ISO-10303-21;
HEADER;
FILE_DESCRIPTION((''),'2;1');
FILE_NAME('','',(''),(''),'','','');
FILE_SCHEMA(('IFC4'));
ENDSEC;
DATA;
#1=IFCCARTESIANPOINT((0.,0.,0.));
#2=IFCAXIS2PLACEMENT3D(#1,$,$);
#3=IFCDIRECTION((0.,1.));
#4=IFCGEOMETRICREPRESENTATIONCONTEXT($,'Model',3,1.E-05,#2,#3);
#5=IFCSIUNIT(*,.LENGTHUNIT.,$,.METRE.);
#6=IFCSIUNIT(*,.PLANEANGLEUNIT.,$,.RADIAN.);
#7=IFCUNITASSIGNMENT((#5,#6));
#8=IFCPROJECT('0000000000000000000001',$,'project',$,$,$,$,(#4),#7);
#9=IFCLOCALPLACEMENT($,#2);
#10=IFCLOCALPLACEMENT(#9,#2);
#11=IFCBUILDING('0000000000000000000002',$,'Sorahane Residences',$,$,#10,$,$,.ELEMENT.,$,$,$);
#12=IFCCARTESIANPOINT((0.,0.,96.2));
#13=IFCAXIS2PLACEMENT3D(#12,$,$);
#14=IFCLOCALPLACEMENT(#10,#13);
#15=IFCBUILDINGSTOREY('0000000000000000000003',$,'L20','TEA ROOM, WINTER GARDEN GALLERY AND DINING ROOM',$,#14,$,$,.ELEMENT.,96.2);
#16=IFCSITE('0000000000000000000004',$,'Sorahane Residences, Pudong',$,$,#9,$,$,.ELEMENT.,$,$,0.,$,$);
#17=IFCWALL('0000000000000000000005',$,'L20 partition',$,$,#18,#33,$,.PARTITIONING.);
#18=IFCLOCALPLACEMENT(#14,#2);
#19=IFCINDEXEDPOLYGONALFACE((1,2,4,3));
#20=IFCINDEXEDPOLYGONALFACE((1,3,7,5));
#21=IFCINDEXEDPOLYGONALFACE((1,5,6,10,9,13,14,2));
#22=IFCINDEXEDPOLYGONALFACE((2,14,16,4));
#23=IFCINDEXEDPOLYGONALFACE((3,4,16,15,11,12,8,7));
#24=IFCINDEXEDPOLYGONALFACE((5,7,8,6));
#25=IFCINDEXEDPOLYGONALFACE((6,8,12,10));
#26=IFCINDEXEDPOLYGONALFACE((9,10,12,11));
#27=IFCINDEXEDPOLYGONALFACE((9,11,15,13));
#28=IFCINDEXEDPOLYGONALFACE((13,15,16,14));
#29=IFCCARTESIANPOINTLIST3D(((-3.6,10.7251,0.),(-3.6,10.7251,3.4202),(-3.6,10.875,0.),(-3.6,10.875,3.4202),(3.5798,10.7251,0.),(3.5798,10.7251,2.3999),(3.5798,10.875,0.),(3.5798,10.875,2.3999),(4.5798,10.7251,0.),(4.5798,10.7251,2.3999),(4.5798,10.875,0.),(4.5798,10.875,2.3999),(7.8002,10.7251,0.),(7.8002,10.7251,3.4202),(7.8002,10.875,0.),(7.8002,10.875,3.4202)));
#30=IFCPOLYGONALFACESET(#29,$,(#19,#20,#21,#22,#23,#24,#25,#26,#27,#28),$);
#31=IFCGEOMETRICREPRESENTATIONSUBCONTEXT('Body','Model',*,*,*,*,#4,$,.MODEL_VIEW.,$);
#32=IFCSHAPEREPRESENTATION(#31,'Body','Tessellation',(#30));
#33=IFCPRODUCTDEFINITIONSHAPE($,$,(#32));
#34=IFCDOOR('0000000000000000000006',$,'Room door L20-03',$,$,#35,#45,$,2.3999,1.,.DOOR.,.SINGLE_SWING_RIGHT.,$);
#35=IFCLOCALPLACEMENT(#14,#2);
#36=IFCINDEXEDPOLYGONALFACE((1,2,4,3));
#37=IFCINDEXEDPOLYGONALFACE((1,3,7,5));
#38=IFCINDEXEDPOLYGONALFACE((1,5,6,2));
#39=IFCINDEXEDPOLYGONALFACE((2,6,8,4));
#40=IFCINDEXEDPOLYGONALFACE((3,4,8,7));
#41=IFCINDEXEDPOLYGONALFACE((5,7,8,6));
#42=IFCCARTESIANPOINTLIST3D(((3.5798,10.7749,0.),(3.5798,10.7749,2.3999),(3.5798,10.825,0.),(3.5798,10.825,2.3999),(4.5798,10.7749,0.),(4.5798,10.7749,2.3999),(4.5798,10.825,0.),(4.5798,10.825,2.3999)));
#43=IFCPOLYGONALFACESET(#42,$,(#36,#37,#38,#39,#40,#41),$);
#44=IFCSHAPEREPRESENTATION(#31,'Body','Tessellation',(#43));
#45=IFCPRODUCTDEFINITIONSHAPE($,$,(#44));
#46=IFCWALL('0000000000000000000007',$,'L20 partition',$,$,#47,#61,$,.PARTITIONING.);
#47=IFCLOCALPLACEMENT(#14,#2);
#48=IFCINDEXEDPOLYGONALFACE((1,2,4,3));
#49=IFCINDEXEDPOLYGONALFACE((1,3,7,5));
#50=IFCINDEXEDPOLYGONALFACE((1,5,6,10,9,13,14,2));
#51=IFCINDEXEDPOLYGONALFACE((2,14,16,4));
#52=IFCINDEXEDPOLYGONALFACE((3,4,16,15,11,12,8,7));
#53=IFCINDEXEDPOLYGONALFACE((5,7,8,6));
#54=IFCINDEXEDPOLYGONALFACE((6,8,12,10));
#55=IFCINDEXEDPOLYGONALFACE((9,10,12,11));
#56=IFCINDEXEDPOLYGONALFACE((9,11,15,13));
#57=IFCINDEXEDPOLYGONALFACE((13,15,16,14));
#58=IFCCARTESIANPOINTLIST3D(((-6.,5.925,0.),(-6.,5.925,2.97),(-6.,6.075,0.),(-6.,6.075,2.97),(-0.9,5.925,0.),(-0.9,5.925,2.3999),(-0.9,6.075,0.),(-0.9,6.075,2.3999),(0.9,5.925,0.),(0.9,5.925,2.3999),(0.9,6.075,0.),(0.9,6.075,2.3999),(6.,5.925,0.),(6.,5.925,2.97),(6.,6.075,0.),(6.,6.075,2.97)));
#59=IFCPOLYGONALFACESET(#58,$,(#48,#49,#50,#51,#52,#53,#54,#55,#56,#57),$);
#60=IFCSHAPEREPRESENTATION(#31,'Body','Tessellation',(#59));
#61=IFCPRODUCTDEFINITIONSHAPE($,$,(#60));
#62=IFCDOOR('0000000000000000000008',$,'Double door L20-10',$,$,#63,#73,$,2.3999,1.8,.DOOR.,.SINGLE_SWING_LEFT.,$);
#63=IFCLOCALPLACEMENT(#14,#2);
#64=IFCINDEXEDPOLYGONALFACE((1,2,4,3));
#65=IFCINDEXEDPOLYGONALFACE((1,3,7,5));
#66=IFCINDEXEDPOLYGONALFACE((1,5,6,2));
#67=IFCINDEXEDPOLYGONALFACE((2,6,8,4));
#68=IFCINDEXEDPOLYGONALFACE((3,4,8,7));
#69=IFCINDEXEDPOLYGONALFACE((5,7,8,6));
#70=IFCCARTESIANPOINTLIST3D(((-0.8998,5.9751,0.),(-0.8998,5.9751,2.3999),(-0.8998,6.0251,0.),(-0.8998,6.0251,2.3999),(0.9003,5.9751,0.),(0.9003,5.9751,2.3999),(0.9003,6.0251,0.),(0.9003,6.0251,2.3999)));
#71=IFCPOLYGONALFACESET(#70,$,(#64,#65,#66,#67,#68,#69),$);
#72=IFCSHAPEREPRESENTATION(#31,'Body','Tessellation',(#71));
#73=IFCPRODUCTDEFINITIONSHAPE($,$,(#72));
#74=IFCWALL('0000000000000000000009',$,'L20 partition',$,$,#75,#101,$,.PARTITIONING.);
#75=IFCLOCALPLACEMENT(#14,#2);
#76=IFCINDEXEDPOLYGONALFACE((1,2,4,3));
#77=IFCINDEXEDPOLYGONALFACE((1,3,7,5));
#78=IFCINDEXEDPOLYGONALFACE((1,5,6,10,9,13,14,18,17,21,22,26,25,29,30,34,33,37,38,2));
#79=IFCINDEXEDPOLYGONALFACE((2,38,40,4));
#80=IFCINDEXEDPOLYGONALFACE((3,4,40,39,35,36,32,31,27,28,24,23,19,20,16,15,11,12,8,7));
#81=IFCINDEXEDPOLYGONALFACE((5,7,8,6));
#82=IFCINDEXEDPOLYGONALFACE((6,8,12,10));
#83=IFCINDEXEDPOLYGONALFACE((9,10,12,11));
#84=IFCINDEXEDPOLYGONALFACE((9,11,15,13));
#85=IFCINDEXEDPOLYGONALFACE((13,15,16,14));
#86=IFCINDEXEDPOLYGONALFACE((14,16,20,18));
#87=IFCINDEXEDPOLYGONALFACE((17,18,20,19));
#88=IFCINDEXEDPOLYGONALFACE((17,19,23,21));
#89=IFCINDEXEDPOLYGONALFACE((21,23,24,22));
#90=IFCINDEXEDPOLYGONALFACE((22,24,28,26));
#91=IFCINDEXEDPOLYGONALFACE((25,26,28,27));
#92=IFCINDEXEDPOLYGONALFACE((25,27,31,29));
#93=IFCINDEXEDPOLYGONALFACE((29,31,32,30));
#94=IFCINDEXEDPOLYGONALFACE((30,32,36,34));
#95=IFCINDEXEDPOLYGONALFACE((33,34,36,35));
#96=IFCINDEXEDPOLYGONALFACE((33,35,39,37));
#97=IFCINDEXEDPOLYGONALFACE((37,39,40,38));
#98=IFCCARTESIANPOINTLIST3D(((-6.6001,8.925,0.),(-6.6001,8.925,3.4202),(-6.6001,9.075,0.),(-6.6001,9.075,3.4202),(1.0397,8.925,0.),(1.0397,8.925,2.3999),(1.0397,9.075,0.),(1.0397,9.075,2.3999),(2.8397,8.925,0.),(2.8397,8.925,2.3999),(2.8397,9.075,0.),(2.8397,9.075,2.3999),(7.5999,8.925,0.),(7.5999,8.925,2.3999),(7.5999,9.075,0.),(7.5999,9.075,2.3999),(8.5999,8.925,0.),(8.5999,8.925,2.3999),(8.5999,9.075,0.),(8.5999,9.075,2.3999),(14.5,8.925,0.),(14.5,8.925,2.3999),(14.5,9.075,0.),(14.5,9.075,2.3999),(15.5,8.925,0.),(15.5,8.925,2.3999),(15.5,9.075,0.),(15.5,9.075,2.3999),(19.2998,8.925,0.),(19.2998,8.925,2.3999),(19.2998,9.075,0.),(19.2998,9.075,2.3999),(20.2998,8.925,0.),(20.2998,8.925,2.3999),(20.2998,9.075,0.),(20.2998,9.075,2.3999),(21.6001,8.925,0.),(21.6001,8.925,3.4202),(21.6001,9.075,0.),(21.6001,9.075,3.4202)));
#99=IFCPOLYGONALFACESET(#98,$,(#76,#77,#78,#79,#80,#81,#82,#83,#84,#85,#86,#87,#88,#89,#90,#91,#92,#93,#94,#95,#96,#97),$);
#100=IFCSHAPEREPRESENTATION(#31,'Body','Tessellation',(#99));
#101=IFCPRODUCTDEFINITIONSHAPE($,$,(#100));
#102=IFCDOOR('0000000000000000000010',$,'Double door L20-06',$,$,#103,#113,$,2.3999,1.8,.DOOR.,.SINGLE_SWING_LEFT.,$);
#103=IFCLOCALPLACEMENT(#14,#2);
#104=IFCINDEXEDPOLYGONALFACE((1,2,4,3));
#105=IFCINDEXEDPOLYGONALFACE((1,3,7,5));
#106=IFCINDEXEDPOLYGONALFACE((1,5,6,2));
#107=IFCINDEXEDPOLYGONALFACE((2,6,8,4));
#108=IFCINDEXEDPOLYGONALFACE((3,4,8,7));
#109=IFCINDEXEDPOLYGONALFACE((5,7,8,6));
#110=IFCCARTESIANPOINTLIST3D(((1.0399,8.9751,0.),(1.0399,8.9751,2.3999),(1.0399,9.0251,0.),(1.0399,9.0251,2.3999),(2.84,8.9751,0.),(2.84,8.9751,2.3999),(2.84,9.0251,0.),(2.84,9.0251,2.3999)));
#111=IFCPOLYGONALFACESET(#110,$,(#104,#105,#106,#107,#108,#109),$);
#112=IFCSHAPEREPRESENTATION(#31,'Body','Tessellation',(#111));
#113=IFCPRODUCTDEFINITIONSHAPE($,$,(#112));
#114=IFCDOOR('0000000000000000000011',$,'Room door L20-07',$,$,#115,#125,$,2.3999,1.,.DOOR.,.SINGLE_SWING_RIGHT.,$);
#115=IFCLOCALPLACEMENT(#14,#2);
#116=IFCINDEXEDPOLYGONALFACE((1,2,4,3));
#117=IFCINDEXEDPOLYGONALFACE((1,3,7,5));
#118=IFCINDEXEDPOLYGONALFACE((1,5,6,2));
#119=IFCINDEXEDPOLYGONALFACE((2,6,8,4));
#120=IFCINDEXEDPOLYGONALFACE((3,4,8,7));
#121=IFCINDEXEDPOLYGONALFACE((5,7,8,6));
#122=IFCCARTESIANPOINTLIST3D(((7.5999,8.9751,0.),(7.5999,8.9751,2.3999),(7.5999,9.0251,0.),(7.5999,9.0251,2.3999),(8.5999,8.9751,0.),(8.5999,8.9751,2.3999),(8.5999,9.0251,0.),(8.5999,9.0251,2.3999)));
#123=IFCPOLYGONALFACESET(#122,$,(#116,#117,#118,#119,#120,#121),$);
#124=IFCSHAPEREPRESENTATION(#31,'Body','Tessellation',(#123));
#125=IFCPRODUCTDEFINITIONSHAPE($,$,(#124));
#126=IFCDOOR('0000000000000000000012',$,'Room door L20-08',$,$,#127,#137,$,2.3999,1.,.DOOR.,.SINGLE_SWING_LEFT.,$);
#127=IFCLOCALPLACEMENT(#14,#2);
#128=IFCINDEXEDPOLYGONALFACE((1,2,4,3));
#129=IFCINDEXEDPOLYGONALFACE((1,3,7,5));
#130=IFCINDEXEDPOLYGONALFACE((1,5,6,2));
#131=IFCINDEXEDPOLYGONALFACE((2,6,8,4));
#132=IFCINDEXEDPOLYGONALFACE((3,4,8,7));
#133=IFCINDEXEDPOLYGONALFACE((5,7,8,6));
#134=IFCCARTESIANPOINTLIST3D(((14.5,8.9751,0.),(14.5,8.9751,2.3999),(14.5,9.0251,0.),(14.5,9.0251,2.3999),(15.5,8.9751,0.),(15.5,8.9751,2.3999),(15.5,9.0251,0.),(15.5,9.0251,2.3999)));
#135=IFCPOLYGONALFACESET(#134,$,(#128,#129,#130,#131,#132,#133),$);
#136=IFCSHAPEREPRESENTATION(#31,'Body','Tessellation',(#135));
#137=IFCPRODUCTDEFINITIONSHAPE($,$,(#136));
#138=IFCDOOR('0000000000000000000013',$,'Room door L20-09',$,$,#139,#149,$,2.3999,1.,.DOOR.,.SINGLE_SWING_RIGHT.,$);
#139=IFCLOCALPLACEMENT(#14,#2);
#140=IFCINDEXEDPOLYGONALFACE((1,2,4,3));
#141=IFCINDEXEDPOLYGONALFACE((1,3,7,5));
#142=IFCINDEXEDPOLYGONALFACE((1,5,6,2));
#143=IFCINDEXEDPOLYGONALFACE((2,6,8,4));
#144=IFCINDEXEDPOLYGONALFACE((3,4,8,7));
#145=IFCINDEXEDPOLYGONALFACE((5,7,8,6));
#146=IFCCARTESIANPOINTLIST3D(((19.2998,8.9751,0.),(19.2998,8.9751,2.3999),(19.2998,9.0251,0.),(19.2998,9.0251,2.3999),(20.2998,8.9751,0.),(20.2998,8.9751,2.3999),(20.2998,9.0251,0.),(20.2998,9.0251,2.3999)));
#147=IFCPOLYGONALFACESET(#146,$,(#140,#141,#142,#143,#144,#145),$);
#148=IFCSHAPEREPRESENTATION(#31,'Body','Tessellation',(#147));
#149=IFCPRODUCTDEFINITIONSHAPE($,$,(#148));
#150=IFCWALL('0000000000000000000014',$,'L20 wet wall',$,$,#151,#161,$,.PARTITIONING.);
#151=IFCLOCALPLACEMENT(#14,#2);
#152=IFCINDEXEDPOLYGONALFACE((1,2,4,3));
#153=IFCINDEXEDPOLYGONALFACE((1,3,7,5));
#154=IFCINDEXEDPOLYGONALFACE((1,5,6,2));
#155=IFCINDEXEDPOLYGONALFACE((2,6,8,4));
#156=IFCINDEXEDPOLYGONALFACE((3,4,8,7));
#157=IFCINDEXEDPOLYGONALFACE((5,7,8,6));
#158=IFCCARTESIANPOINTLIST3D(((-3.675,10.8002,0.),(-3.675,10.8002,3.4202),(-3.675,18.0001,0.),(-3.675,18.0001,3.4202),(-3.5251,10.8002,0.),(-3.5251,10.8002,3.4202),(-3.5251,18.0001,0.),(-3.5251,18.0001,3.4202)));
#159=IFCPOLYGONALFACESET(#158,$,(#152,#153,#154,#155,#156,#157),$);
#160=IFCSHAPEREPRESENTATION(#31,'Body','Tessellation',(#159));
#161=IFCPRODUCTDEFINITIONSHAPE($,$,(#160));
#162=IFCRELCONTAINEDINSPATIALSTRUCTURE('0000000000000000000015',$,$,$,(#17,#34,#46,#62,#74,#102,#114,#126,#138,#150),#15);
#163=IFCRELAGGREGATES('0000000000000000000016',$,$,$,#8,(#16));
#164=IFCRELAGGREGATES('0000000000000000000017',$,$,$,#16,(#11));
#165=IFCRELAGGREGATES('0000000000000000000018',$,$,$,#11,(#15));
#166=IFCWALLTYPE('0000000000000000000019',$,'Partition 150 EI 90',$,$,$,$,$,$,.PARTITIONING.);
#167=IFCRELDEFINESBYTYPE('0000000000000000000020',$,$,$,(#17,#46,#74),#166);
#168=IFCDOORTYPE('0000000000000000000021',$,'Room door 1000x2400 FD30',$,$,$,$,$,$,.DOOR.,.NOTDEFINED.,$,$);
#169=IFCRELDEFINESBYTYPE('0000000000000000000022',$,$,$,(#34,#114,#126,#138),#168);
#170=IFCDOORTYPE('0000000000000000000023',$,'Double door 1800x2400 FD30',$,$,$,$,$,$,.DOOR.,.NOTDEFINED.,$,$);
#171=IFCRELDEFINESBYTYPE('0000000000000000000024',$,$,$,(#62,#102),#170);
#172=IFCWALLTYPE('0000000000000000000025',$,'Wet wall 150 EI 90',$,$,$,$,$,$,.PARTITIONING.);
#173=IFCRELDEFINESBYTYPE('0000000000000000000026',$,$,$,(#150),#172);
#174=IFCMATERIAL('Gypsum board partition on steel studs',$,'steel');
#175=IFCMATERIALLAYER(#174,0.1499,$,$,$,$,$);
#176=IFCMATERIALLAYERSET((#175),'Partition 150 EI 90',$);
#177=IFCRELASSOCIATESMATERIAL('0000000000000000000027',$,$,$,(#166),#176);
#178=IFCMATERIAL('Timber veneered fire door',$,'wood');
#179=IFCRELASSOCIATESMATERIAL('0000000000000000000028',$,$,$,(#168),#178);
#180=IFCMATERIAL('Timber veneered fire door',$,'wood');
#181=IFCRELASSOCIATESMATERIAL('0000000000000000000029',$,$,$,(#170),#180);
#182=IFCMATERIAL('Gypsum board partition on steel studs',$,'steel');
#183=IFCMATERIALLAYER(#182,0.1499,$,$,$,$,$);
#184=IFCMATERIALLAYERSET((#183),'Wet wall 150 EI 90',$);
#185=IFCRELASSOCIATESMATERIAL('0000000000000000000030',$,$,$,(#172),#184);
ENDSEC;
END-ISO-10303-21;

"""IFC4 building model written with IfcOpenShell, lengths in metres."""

from ifc_helpers import new_model, si_unit, direction, frame, frame_2d, origin, place, context, subcontext, project, spatial, rectangle, extrude, material, layer, layer_set, type_object, element, fill, save


model = new_model("IFC4")

# Units and contexts
model_context = context("Model", 3, precision=1e-05, world=origin(), true_north=direction((0.0, 1.0)))
body_context = subcontext(model_context, "Body", "Model", "MODEL_VIEW")
ifc_project = project(units=[si_unit("LENGTHUNIT", "METRE"), si_unit("PLANEANGLEUNIT", "RADIAN")], contexts=[model_context])

# Site, building, storey
site_placement = place(None, origin())
site = spatial("IfcSite", under=ifc_project, at=site_placement, Name="Sorahane Residences, Pudong", CompositionType="ELEMENT", RefElevation=0.0)
building_placement = place(site_placement, origin())
building = spatial("IfcBuilding", under=site, at=building_placement, Name="Sorahane Residences", CompositionType="ELEMENT")
storey_placement = place(building_placement, frame((0.0, 0.0, 96.2)))
storey = spatial("IfcBuildingStorey", under=building, at=storey_placement, Name="L20", Description="TEA ROOM, WINTER GARDEN GALLERY AND DINING ROOM", CompositionType="ELEMENT", Elevation=96.2)

# Walls, openings, doors
ifc_material_1 = material(Name="Gypsum board partition on steel studs", Category="steel")
ifc_layer_1 = layer(ifc_material_1, 0.1499)
ifc_layer_set_1 = layer_set([ifc_layer_1], Name="Partition 150 EI 90")
wall_type_1 = type_object("IfcWallType", Name="Partition 150 EI 90", PredefinedType="PARTITIONING", material=ifc_layer_set_1)
wall_1_placement = place(storey_placement, frame((-3.6001, 10.8, 0.0), z_axis=(0.0, 0.0, 1.0), x_axis=(1.0, 0.0, 0.0)))
wall_1 = element("IfcWall", 1, at=wall_1_placement, inside=storey, type_object=wall_type_1, Name="L20 partition", PredefinedType="PARTITIONING", context=body_context, shape_type="SweptSolid", body=[
    extrude(rectangle(XDim=11.4001, YDim=0.1499, at=frame_2d((5.7002, 0.0))), origin(), (0.0, 0.0, 1.0), 3.4202),
])
opening_1_placement = place(wall_1_placement, frame((7.1799, 0.0, 0.0)))
opening_1 = element("IfcOpeningElement", 2, at=opening_1_placement, cuts=wall_1, PredefinedType="OPENING", context=body_context, shape_type="SweptSolid", body=[
    extrude(rectangle(XDim=1.0, YDim=2.3999, at=frame_2d((0.5, 1.2))), frame((0.0, 0.085, 0.0), z_axis=(0.0, -1.0, 0.0), x_axis=(1.0, 0.0, 0.0)), (0.0, 0.0, 1.0), 0.1699),
])
ifc_material_2 = material(Name="Timber veneered fire door", Category="wood")
door_type_1 = type_object("IfcDoorType", Name="Room door 1000x2400 FD30", OperationType="NOTDEFINED", PredefinedType="DOOR", material=ifc_material_2)
door_1_placement = place(opening_1_placement, origin())
door_1 = element("IfcDoor", 3, at=door_1_placement, inside=storey, type_object=door_type_1, Name="Room door L20-03", OperationType="SINGLE_SWING_RIGHT", OverallHeight=2.3999, OverallWidth=1.0, PredefinedType="DOOR", context=body_context, shape_type="SweptSolid", body=[
    extrude(rectangle(XDim=1.0, YDim=2.3999, at=frame_2d((0.5, 1.2))), frame((0.0, 0.0249, 0.0), z_axis=(0.0, -1.0, 0.0), x_axis=(1.0, 0.0, 0.0)), (0.0, 0.0, 1.0), 0.05),
])
fill(opening_1, door_1)
wall_2_placement = place(storey_placement, frame((-6.0, 6.0, 0.0), z_axis=(0.0, 0.0, 1.0), x_axis=(1.0, 0.0, 0.0)))
wall_2 = element("IfcWall", 4, at=wall_2_placement, inside=storey, type_object=wall_type_1, Name="L20 partition", PredefinedType="PARTITIONING", context=body_context, shape_type="SweptSolid", body=[
    extrude(rectangle(XDim=12.0, YDim=0.1499, at=frame_2d((6.0, 0.0))), origin(), (0.0, 0.0, 1.0), 2.97),
])
opening_2_placement = place(wall_2_placement, frame((5.1001, 0.0, 0.0)))
opening_2 = element("IfcOpeningElement", 5, at=opening_2_placement, cuts=wall_2, PredefinedType="OPENING", context=body_context, shape_type="SweptSolid", body=[
    extrude(rectangle(XDim=1.8, YDim=2.3999, at=frame_2d((0.8999, 1.2))), frame((0.0, 0.085, 0.0), z_axis=(0.0, -1.0, 0.0), x_axis=(1.0, 0.0, 0.0)), (0.0, 0.0, 1.0), 0.1699),
])
ifc_material_3 = material(Name="Timber veneered fire door", Category="wood")
door_type_2 = type_object("IfcDoorType", Name="Double door 1800x2400 FD30", OperationType="NOTDEFINED", PredefinedType="DOOR", material=ifc_material_3)
door_2_placement = place(opening_2_placement, frame((1.8, 0.0, 0.0), z_axis=(0.0, 0.0, 1.0), x_axis=(-1.0, 0.0, 0.0)))
door_2 = element("IfcDoor", 6, at=door_2_placement, inside=storey, type_object=door_type_2, Name="Double door L20-10", OperationType="SINGLE_SWING_LEFT", OverallHeight=2.3999, OverallWidth=1.8, PredefinedType="DOOR", context=body_context, shape_type="SweptSolid", body=[
    extrude(rectangle(XDim=1.8, YDim=2.3999, at=frame_2d((0.8999, 1.2))), frame((0.0, 0.0249, 0.0), z_axis=(0.0, -1.0, 0.0), x_axis=(1.0, 0.0, 0.0)), (0.0, 0.0, 1.0), 0.05),
])
fill(opening_2, door_2)

# Wall, openings, doors
wall_3_placement = place(storey_placement, frame((-6.6001, 9.0, 0.0), z_axis=(0.0, 0.0, 1.0), x_axis=(1.0, 0.0, 0.0)))
wall_3 = element("IfcWall", 7, at=wall_3_placement, inside=storey, type_object=wall_type_1, Name="L20 partition", PredefinedType="PARTITIONING", context=body_context, shape_type="SweptSolid", body=[
    extrude(rectangle(XDim=28.2002, YDim=0.1499, at=frame_2d((14.1001, 0.0))), origin(), (0.0, 0.0, 1.0), 3.4202),
])
opening_3_placement = place(wall_3_placement, frame((7.6399, 0.0, 0.0)))
opening_3 = element("IfcOpeningElement", 8, at=opening_3_placement, cuts=wall_3, PredefinedType="OPENING", context=body_context, shape_type="SweptSolid", body=[
    extrude(rectangle(XDim=1.8, YDim=2.3999, at=frame_2d((0.8999, 1.2))), frame((0.0, 0.085, 0.0), z_axis=(0.0, -1.0, 0.0), x_axis=(1.0, 0.0, 0.0)), (0.0, 0.0, 1.0), 0.1699),
])
opening_4_placement = place(wall_3_placement, frame((14.2, 0.0, 0.0)))
opening_4 = element("IfcOpeningElement", 9, at=opening_4_placement, cuts=wall_3, PredefinedType="OPENING", context=body_context, shape_type="SweptSolid", body=[
    extrude(rectangle(XDim=1.0, YDim=2.3999, at=frame_2d((0.5, 1.2))), frame((0.0, 0.085, 0.0), z_axis=(0.0, -1.0, 0.0), x_axis=(1.0, 0.0, 0.0)), (0.0, 0.0, 1.0), 0.1699),
])
opening_5_placement = place(wall_3_placement, frame((21.1001, 0.0, 0.0)))
opening_5 = element("IfcOpeningElement", 10, at=opening_5_placement, cuts=wall_3, PredefinedType="OPENING", context=body_context, shape_type="SweptSolid", body=[
    extrude(rectangle(XDim=1.0, YDim=2.3999, at=frame_2d((0.5, 1.2))), frame((0.0, 0.085, 0.0), z_axis=(0.0, -1.0, 0.0), x_axis=(1.0, 0.0, 0.0)), (0.0, 0.0, 1.0), 0.1699),
])
opening_6_placement = place(wall_3_placement, frame((25.8999, 0.0, 0.0)))
opening_6 = element("IfcOpeningElement", 11, at=opening_6_placement, cuts=wall_3, PredefinedType="OPENING", context=body_context, shape_type="SweptSolid", body=[
    extrude(rectangle(XDim=1.0, YDim=2.3999, at=frame_2d((0.5, 1.2))), frame((0.0, 0.085, 0.0), z_axis=(0.0, -1.0, 0.0), x_axis=(1.0, 0.0, 0.0)), (0.0, 0.0, 1.0), 0.1699),
])
door_3_placement = place(opening_3_placement, frame((1.8, 0.0, 0.0), z_axis=(0.0, 0.0, 1.0), x_axis=(-1.0, 0.0, 0.0)))
door_3 = element("IfcDoor", 12, at=door_3_placement, inside=storey, type_object=door_type_2, Name="Double door L20-06", OperationType="SINGLE_SWING_LEFT", OverallHeight=2.3999, OverallWidth=1.8, PredefinedType="DOOR", context=body_context, shape_type="SweptSolid", body=[
    extrude(rectangle(XDim=1.8, YDim=2.3999, at=frame_2d((0.8999, 1.2))), frame((0.0, 0.0249, 0.0), z_axis=(0.0, -1.0, 0.0), x_axis=(1.0, 0.0, 0.0)), (0.0, 0.0, 1.0), 0.05),
])
fill(opening_3, door_3)
door_4_placement = place(opening_4_placement, frame((1.0, 0.0, 0.0), z_axis=(0.0, 0.0, 1.0), x_axis=(-1.0, 0.0, 0.0)))
door_4 = element("IfcDoor", 13, at=door_4_placement, inside=storey, type_object=door_type_1, Name="Room door L20-07", OperationType="SINGLE_SWING_RIGHT", OverallHeight=2.3999, OverallWidth=1.0, PredefinedType="DOOR", context=body_context, shape_type="SweptSolid", body=[
    extrude(rectangle(XDim=1.0, YDim=2.3999, at=frame_2d((0.5, 1.2))), frame((0.0, 0.0249, 0.0), z_axis=(0.0, -1.0, 0.0), x_axis=(1.0, 0.0, 0.0)), (0.0, 0.0, 1.0), 0.05),
])
fill(opening_4, door_4)
door_5_placement = place(opening_5_placement, frame((1.0, 0.0, 0.0), z_axis=(0.0, 0.0, 1.0), x_axis=(-1.0, 0.0, 0.0)))
door_5 = element("IfcDoor", 14, at=door_5_placement, inside=storey, type_object=door_type_1, Name="Room door L20-08", OperationType="SINGLE_SWING_LEFT", OverallHeight=2.3999, OverallWidth=1.0, PredefinedType="DOOR", context=body_context, shape_type="SweptSolid", body=[
    extrude(rectangle(XDim=1.0, YDim=2.3999, at=frame_2d((0.5, 1.2))), frame((0.0, 0.0249, 0.0), z_axis=(0.0, -1.0, 0.0), x_axis=(1.0, 0.0, 0.0)), (0.0, 0.0, 1.0), 0.05),
])
fill(opening_5, door_5)
door_6_placement = place(opening_6_placement, frame((1.0, 0.0, 0.0), z_axis=(0.0, 0.0, 1.0), x_axis=(-1.0, 0.0, 0.0)))
door_6 = element("IfcDoor", 15, at=door_6_placement, inside=storey, type_object=door_type_1, Name="Room door L20-09", OperationType="SINGLE_SWING_RIGHT", OverallHeight=2.3999, OverallWidth=1.0, PredefinedType="DOOR", context=body_context, shape_type="SweptSolid", body=[
    extrude(rectangle(XDim=1.0, YDim=2.3999, at=frame_2d((0.5, 1.2))), frame((0.0, 0.0249, 0.0), z_axis=(0.0, -1.0, 0.0), x_axis=(1.0, 0.0, 0.0)), (0.0, 0.0, 1.0), 0.05),
])
fill(opening_6, door_6)

# Wall
ifc_material_4 = material(Name="Gypsum board partition on steel studs", Category="steel")
ifc_layer_2 = layer(ifc_material_4, 0.1499)
ifc_layer_set_2 = layer_set([ifc_layer_2], Name="Wet wall 150 EI 90")
wall_type_2 = type_object("IfcWallType", Name="Wet wall 150 EI 90", PredefinedType="PARTITIONING", material=ifc_layer_set_2)
wall_4_placement = place(storey_placement, frame((-3.6001, 10.8, 0.0), z_axis=(0.0, 0.0, 1.0), x_axis=(0.0, 1.0, 0.0)))
element("IfcWall", 16, at=wall_4_placement, inside=storey, type_object=wall_type_2, Name="L20 wet wall", PredefinedType="PARTITIONING", context=body_context, shape_type="SweptSolid", body=[
    extrude(rectangle(XDim=7.2, YDim=0.1499, at=frame_2d((3.6001, 0.0))), origin(), (0.0, 0.0, 1.0), 3.4202),
])

save(model, "model.ifc")
